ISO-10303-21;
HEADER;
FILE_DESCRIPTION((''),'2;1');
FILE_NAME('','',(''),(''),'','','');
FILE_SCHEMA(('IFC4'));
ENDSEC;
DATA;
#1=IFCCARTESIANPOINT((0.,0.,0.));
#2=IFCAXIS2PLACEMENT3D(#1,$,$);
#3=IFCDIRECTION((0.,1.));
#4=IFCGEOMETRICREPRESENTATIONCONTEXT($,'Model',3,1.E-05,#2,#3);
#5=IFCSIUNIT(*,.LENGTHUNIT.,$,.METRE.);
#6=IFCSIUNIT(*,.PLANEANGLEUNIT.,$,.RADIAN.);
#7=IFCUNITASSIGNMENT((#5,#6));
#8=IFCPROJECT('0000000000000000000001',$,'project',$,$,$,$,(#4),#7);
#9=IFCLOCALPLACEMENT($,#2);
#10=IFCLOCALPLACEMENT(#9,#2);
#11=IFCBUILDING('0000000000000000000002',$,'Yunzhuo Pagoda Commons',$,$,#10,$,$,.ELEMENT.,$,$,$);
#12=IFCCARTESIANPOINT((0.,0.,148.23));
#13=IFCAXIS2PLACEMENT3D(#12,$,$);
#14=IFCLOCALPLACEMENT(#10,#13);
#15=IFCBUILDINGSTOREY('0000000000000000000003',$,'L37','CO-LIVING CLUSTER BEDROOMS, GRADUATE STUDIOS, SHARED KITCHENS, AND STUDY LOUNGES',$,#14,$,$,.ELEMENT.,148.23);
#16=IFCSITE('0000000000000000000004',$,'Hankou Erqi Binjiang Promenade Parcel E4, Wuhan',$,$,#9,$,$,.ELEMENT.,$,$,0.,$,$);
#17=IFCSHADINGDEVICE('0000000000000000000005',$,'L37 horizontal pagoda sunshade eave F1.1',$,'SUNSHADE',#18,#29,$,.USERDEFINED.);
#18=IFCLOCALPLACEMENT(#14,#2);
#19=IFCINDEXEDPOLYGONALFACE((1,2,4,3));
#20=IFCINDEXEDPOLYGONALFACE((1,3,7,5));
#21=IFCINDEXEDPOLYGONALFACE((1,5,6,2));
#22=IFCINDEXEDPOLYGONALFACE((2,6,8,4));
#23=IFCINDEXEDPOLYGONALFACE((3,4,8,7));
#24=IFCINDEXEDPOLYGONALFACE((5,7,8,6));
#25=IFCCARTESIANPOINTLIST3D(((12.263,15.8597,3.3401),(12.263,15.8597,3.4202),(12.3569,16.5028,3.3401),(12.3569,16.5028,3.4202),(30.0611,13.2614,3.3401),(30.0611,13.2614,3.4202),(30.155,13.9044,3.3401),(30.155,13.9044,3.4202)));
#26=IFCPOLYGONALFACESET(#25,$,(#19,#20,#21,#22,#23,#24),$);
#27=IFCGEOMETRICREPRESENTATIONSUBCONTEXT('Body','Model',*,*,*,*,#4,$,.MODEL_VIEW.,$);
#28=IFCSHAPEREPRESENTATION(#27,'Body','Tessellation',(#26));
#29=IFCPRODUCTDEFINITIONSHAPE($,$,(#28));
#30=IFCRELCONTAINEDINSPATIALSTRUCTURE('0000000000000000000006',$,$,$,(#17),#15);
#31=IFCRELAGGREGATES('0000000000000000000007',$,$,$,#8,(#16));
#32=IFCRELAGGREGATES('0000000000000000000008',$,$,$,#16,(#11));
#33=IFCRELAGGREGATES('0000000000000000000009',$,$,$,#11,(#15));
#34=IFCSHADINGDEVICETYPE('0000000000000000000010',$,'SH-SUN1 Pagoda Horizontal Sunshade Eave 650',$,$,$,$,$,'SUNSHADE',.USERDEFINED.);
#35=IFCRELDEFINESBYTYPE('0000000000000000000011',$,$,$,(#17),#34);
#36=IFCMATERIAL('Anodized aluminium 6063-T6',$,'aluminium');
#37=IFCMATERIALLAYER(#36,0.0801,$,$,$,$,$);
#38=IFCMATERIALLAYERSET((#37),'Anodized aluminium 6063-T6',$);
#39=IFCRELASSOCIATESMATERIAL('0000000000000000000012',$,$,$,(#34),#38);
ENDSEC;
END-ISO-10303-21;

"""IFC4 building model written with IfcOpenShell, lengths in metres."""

from ifc_helpers import new_model, si_unit, direction, frame, origin, origin_2d, place, context, subcontext, project, spatial, rectangle, extrude, source, transform, mapped, material, layer, layer_set, type_object, element, save


model = new_model("IFC4")

# Units and contexts
model_context = context("Model", 3, precision=1e-05, world=origin(), true_north=direction((0.0, 1.0)))
body_context = subcontext(model_context, "Body", "Model", "MODEL_VIEW")
ifc_project = project(units=[si_unit("LENGTHUNIT", "METRE"), si_unit("PLANEANGLEUNIT", "RADIAN")], contexts=[model_context])

# Site, building, storey
site_placement = place(None, origin())
site = spatial("IfcSite", under=ifc_project, at=site_placement, Name="Hankou Erqi Binjiang Promenade Parcel E4, Wuhan", CompositionType="ELEMENT", RefElevation=0.0)
building_placement = place(site_placement, origin())
building = spatial("IfcBuilding", under=site, at=building_placement, Name="Yunzhuo Pagoda Commons", CompositionType="ELEMENT")
storey_placement = place(building_placement, frame((0.0, 0.0, 148.23)))
storey = spatial("IfcBuildingStorey", under=building, at=storey_placement, Name="L37", Description="CO-LIVING CLUSTER BEDROOMS, GRADUATE STUDIOS, SHARED KITCHENS, AND STUDY LOUNGES", CompositionType="ELEMENT", Elevation=148.23)

# Shared definitions
ifc_material_1 = material(Name="Anodized aluminium 6063-T6", Category="aluminium")

# Shading device
ifc_layer_1 = layer(ifc_material_1, 0.0801)
ifc_layer_set_1 = layer_set([ifc_layer_1], Name="Anodized aluminium 6063-T6")
shading_device_type = type_object("IfcShadingDeviceType", Name="SH-SUN1 Pagoda Horizontal Sunshade Eave 650", ElementType="SUNSHADE", PredefinedType="USERDEFINED", material=ifc_layer_set_1)
shared_shape_1 = source(origin(), body_context, "Body", "SweptSolid", [
    extrude(rectangle(XDim=17.9868, YDim=0.6499, at=origin_2d()), origin(), (0.0, 0.0, 1.0), 0.0801),
])
shading_device_placement = place(storey_placement, frame((21.209, 14.8821, 3.3401), z_axis=(0.0, 0.0, 1.0), x_axis=(0.989511, -0.14446, 0.0)))
element("IfcShadingDevice", 1, at=shading_device_placement, inside=storey, type_object=shading_device_type, Name="L37 horizontal pagoda sunshade eave F1.1", ObjectType="SUNSHADE", PredefinedType="USERDEFINED", context=body_context, shape_type="MappedRepresentation", body=[
    mapped(shared_shape_1, transform((0.0, 0.0, 0.0), scale=1.0)),
])

save(model, "model.ifc")
